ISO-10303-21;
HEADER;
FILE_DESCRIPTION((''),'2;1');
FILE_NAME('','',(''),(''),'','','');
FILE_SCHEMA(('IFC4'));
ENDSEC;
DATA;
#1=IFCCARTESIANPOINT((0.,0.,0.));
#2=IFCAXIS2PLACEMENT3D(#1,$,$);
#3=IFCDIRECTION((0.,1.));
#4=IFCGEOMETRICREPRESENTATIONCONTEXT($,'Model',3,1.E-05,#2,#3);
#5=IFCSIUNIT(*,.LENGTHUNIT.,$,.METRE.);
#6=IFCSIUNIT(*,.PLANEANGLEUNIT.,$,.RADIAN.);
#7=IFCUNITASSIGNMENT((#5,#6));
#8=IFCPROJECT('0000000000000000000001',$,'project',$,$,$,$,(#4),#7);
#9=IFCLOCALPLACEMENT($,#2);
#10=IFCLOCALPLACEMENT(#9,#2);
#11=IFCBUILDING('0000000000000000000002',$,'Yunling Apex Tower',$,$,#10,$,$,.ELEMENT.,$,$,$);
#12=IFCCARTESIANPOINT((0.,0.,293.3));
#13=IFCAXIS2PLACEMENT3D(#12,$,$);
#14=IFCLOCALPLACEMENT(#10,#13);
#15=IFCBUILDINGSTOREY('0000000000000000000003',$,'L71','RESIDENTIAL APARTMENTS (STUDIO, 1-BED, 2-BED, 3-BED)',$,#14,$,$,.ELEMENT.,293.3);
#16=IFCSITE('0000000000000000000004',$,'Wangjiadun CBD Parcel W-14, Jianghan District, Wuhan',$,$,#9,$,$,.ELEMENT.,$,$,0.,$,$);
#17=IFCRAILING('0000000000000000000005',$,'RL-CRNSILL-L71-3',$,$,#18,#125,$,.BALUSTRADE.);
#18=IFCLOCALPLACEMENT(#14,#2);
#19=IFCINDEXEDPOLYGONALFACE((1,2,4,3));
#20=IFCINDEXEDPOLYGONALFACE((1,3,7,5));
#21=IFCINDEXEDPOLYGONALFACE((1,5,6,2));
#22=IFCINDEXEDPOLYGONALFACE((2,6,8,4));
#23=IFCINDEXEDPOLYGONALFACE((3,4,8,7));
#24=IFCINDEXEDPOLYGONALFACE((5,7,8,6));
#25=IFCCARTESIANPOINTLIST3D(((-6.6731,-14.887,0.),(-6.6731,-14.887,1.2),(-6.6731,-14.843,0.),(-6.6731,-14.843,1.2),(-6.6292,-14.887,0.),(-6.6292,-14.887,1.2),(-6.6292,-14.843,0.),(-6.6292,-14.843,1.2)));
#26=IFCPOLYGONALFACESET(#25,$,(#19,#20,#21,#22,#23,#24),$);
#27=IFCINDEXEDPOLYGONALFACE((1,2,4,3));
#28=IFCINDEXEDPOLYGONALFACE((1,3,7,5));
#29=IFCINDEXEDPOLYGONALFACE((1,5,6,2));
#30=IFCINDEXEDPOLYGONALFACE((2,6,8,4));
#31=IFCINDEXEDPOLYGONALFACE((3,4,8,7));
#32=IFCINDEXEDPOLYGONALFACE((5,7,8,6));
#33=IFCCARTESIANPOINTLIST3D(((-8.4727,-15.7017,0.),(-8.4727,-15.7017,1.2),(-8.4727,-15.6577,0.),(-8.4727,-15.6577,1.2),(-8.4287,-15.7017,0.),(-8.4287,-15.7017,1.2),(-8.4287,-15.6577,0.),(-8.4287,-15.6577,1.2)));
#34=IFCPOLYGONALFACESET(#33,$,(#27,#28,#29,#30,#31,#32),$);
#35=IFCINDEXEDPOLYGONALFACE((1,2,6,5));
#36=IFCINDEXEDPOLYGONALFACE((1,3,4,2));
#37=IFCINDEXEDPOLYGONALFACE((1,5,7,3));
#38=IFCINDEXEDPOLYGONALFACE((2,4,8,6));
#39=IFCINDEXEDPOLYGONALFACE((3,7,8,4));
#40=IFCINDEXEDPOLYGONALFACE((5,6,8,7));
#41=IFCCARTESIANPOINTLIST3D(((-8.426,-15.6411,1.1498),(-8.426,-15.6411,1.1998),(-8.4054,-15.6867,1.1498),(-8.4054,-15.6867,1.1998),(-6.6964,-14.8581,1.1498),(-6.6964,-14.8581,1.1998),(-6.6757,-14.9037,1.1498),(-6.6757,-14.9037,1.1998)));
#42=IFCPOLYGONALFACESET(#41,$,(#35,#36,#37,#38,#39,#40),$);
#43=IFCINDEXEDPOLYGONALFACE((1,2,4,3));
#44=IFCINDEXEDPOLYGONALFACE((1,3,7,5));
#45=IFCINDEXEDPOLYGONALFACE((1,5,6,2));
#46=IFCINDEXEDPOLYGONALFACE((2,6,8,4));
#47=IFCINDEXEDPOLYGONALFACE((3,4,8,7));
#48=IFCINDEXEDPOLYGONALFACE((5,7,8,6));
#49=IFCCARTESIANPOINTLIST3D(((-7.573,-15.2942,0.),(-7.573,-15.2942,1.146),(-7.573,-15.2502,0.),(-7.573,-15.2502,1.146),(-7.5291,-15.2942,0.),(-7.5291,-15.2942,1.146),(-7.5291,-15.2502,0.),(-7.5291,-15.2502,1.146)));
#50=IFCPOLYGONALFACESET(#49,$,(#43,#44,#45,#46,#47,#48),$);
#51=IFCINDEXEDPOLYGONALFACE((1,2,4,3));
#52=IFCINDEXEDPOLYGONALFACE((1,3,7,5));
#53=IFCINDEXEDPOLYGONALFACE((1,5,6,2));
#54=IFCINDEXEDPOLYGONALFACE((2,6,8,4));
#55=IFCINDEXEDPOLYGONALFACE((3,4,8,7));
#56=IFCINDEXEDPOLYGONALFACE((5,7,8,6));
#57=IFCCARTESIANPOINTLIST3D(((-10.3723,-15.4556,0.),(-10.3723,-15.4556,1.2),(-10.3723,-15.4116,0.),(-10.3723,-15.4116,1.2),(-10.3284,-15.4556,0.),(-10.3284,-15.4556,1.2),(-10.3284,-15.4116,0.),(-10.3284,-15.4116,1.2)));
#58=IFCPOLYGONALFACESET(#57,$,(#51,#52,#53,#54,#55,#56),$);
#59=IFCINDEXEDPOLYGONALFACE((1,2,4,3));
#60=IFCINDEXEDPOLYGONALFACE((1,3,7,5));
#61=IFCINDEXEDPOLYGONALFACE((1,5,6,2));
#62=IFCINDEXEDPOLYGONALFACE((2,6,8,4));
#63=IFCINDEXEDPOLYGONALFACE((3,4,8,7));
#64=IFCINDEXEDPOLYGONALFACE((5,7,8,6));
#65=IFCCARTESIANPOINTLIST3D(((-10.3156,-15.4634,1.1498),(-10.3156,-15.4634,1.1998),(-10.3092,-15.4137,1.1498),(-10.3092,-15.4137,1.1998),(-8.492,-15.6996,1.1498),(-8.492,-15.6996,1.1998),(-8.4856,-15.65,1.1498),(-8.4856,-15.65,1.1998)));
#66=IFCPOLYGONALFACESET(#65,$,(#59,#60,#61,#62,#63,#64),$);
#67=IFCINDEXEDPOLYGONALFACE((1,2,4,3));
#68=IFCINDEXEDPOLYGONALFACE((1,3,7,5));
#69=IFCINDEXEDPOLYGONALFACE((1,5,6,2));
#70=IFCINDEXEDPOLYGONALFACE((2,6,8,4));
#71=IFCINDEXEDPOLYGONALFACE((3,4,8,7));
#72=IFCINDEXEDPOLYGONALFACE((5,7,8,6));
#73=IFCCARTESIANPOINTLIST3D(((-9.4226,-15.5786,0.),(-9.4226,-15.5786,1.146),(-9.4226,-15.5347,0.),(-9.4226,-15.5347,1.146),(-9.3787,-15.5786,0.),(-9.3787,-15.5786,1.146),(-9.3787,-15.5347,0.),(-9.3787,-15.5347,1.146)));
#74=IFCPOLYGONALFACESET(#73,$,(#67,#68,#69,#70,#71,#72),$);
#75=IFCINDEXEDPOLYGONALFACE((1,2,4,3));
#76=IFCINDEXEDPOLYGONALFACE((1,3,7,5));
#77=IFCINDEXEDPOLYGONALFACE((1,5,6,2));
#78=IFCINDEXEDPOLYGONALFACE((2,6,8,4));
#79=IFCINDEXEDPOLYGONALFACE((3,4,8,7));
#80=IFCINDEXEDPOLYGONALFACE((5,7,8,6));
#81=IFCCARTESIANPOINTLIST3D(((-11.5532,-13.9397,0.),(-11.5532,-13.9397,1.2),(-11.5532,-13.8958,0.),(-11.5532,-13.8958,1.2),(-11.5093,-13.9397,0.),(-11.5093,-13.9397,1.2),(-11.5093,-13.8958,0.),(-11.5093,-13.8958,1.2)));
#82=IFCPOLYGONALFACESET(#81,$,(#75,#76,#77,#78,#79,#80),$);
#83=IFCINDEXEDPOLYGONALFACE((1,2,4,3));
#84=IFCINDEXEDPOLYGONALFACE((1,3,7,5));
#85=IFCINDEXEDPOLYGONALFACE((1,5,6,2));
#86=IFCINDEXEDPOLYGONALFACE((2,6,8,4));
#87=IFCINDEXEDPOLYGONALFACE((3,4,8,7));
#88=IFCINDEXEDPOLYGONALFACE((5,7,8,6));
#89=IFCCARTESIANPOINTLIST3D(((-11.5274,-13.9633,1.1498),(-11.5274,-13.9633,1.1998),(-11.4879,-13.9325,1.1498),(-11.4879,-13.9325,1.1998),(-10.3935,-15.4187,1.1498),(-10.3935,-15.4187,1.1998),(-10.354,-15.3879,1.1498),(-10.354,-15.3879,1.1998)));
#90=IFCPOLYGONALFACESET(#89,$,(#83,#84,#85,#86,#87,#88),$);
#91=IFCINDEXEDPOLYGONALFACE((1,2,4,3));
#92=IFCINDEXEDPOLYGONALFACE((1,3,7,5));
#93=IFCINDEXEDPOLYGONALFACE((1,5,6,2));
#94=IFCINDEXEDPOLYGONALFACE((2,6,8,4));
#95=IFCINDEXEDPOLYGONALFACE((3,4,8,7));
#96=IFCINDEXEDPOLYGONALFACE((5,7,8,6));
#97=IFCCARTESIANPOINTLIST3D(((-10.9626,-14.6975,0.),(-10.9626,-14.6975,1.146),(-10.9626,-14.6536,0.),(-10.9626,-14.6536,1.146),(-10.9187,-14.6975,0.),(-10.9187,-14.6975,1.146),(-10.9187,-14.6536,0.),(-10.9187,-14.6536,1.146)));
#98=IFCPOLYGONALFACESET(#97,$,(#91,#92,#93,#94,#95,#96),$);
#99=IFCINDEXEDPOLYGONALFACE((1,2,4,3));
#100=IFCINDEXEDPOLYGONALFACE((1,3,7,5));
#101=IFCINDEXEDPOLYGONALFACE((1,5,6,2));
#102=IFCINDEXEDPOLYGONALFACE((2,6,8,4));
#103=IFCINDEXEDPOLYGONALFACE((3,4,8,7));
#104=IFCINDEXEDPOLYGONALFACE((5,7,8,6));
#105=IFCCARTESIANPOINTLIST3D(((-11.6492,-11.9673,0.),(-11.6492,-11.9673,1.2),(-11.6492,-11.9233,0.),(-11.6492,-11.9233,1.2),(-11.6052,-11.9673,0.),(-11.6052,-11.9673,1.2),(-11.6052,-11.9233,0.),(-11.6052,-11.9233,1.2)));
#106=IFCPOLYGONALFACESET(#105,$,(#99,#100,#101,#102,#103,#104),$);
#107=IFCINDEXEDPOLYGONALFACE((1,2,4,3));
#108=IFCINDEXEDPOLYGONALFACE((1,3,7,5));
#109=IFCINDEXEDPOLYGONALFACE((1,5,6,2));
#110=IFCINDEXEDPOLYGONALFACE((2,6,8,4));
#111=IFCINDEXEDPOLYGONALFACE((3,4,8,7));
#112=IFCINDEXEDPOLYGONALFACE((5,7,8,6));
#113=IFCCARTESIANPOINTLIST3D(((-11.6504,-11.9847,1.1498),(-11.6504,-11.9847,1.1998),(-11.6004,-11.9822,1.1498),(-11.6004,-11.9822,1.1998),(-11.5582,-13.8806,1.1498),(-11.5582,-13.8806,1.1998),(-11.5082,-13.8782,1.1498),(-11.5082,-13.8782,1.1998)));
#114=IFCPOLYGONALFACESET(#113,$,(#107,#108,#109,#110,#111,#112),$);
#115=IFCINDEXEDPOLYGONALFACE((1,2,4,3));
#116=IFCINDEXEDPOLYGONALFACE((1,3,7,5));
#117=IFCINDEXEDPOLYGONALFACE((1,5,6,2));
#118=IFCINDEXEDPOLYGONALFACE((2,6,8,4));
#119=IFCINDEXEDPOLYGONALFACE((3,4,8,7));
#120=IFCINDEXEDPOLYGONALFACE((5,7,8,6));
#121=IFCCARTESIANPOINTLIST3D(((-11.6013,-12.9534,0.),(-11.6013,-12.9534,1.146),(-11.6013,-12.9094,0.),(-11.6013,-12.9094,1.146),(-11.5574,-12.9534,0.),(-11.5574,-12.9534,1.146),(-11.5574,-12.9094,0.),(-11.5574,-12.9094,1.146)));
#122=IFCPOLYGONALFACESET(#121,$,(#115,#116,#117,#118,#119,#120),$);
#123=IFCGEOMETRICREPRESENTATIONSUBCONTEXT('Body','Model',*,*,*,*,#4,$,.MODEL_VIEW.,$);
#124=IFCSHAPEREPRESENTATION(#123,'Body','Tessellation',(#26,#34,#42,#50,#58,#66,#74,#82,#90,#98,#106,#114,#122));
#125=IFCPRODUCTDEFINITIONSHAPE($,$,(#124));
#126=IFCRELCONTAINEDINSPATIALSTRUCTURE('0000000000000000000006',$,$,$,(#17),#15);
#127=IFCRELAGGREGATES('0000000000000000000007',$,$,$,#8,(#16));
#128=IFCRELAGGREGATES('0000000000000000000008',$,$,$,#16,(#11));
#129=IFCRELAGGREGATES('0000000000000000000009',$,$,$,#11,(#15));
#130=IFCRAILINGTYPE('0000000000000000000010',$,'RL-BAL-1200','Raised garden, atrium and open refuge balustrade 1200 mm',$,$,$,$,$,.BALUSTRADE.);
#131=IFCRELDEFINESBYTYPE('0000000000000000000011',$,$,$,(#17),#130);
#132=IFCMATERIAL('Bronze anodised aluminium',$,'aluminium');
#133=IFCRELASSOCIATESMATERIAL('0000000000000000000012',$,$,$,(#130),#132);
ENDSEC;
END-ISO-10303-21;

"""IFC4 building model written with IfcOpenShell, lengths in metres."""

from ifc_helpers import new_model, si_unit, direction, frame, origin, origin_2d, place, context, subcontext, project, spatial, rectangle, extrude, material, type_object, element, save


model = new_model("IFC4")

# Units and contexts
model_context = context("Model", 3, precision=1e-05, world=origin(), true_north=direction((0.0, 1.0)))
body_context = subcontext(model_context, "Body", "Model", "MODEL_VIEW")
ifc_project = project(units=[si_unit("LENGTHUNIT", "METRE"), si_unit("PLANEANGLEUNIT", "RADIAN")], contexts=[model_context])

# Site, building, storey
site_placement = place(None, origin())
site = spatial("IfcSite", under=ifc_project, at=site_placement, Name="Wangjiadun CBD Parcel W-14, Jianghan District, Wuhan", CompositionType="ELEMENT", RefElevation=0.0)
building_placement = place(site_placement, origin())
building = spatial("IfcBuilding", under=site, at=building_placement, Name="Yunling Apex Tower", CompositionType="ELEMENT")
storey_placement = place(building_placement, frame((0.0, 0.0, 293.3)))
storey = spatial("IfcBuildingStorey", under=building, at=storey_placement, Name="L71", Description="RESIDENTIAL APARTMENTS (STUDIO, 1-BED, 2-BED, 3-BED)", CompositionType="ELEMENT", Elevation=293.3)

# Shared definitions
ifc_material_1 = material(Name="Bronze anodised aluminium", Category="aluminium")

# Railing
railing_type = type_object("IfcRailingType", Name="RL-BAL-1200", Description="Raised garden, atrium and open refuge balustrade 1200 mm", PredefinedType="BALUSTRADE", material=ifc_material_1)
railing_placement = place(storey_placement, frame((-6.6511, -14.865, 0.0)))
element("IfcRailing", 1, at=railing_placement, inside=storey, type_object=railing_type, Name="RL-CRNSILL-L71-3", PredefinedType="BALUSTRADE", context=body_context, shape_type="SweptSolid", body=[
    extrude(rectangle(XDim=0.0439, YDim=0.0439, at=origin_2d()), origin(), (0.0, 0.0, 1.0), 1.2),
    extrude(rectangle(XDim=0.0439, YDim=0.0439, at=origin_2d()), frame((-1.7996, -0.8147, 0.0)), (0.0, 0.0, 1.0), 1.2),
    extrude(rectangle(XDim=0.05, YDim=0.05, at=origin_2d()), frame((-0.0349, -0.0159, 1.1748), z_axis=(-0.910992, -0.412424, 0.0), x_axis=(0.412424, -0.910992, 0.0)), (0.0, 0.0, 1.0), 1.8987),
    extrude(rectangle(XDim=0.0439, YDim=0.0439, at=origin_2d()), frame((-0.8999, -0.4072, 0.0)), (0.0, 0.0, 1.0), 1.146),
    extrude(rectangle(XDim=0.0439, YDim=0.0439, at=origin_2d()), frame((-3.6992, -0.5686, 0.0)), (0.0, 0.0, 1.0), 1.2),
    extrude(rectangle(XDim=0.05, YDim=0.05, at=origin_2d()), frame((-1.8376, -0.8098, 1.1748), z_axis=(-0.991713, 0.128473, 0.0), x_axis=(-0.128473, -0.991713, 0.0)), (0.0, 0.0, 1.0), 1.8389),
    extrude(rectangle(XDim=0.0439, YDim=0.0439, at=origin_2d()), frame((-2.7495, -0.6917, 0.0)), (0.0, 0.0, 1.0), 1.146),
    extrude(rectangle(XDim=0.0439, YDim=0.0439, at=origin_2d()), frame((-4.8801, 0.9473, 0.0)), (0.0, 0.0, 1.0), 1.2),
    extrude(rectangle(XDim=0.05, YDim=0.05, at=origin_2d()), frame((-3.7227, -0.5383, 1.1748), z_axis=(-0.614556, 0.788873, 0.0), x_axis=(-0.788873, -0.614556, 0.0)), (0.0, 0.0, 1.0), 1.845),
    extrude(rectangle(XDim=0.0439, YDim=0.0439, at=origin_2d()), frame((-4.2896, 0.1895, 0.0)), (0.0, 0.0, 1.0), 1.146),
    extrude(rectangle(XDim=0.0439, YDim=0.0439, at=origin_2d()), frame((-4.9761, 2.9197, 0.0)), (0.0, 0.0, 1.0), 1.2),
    extrude(rectangle(XDim=0.05, YDim=0.05, at=origin_2d()), frame((-4.8821, 0.9856, 1.1748), z_axis=(-0.048587, 0.998819, 0.0), x_axis=(-0.998819, -0.048587, 0.0)), (0.0, 0.0, 1.0), 1.8982),
    extrude(rectangle(XDim=0.0439, YDim=0.0439, at=origin_2d()), frame((-4.9282, 1.9336, 0.0)), (0.0, 0.0, 1.0), 1.146),
])

save(model, "model.ifc")
